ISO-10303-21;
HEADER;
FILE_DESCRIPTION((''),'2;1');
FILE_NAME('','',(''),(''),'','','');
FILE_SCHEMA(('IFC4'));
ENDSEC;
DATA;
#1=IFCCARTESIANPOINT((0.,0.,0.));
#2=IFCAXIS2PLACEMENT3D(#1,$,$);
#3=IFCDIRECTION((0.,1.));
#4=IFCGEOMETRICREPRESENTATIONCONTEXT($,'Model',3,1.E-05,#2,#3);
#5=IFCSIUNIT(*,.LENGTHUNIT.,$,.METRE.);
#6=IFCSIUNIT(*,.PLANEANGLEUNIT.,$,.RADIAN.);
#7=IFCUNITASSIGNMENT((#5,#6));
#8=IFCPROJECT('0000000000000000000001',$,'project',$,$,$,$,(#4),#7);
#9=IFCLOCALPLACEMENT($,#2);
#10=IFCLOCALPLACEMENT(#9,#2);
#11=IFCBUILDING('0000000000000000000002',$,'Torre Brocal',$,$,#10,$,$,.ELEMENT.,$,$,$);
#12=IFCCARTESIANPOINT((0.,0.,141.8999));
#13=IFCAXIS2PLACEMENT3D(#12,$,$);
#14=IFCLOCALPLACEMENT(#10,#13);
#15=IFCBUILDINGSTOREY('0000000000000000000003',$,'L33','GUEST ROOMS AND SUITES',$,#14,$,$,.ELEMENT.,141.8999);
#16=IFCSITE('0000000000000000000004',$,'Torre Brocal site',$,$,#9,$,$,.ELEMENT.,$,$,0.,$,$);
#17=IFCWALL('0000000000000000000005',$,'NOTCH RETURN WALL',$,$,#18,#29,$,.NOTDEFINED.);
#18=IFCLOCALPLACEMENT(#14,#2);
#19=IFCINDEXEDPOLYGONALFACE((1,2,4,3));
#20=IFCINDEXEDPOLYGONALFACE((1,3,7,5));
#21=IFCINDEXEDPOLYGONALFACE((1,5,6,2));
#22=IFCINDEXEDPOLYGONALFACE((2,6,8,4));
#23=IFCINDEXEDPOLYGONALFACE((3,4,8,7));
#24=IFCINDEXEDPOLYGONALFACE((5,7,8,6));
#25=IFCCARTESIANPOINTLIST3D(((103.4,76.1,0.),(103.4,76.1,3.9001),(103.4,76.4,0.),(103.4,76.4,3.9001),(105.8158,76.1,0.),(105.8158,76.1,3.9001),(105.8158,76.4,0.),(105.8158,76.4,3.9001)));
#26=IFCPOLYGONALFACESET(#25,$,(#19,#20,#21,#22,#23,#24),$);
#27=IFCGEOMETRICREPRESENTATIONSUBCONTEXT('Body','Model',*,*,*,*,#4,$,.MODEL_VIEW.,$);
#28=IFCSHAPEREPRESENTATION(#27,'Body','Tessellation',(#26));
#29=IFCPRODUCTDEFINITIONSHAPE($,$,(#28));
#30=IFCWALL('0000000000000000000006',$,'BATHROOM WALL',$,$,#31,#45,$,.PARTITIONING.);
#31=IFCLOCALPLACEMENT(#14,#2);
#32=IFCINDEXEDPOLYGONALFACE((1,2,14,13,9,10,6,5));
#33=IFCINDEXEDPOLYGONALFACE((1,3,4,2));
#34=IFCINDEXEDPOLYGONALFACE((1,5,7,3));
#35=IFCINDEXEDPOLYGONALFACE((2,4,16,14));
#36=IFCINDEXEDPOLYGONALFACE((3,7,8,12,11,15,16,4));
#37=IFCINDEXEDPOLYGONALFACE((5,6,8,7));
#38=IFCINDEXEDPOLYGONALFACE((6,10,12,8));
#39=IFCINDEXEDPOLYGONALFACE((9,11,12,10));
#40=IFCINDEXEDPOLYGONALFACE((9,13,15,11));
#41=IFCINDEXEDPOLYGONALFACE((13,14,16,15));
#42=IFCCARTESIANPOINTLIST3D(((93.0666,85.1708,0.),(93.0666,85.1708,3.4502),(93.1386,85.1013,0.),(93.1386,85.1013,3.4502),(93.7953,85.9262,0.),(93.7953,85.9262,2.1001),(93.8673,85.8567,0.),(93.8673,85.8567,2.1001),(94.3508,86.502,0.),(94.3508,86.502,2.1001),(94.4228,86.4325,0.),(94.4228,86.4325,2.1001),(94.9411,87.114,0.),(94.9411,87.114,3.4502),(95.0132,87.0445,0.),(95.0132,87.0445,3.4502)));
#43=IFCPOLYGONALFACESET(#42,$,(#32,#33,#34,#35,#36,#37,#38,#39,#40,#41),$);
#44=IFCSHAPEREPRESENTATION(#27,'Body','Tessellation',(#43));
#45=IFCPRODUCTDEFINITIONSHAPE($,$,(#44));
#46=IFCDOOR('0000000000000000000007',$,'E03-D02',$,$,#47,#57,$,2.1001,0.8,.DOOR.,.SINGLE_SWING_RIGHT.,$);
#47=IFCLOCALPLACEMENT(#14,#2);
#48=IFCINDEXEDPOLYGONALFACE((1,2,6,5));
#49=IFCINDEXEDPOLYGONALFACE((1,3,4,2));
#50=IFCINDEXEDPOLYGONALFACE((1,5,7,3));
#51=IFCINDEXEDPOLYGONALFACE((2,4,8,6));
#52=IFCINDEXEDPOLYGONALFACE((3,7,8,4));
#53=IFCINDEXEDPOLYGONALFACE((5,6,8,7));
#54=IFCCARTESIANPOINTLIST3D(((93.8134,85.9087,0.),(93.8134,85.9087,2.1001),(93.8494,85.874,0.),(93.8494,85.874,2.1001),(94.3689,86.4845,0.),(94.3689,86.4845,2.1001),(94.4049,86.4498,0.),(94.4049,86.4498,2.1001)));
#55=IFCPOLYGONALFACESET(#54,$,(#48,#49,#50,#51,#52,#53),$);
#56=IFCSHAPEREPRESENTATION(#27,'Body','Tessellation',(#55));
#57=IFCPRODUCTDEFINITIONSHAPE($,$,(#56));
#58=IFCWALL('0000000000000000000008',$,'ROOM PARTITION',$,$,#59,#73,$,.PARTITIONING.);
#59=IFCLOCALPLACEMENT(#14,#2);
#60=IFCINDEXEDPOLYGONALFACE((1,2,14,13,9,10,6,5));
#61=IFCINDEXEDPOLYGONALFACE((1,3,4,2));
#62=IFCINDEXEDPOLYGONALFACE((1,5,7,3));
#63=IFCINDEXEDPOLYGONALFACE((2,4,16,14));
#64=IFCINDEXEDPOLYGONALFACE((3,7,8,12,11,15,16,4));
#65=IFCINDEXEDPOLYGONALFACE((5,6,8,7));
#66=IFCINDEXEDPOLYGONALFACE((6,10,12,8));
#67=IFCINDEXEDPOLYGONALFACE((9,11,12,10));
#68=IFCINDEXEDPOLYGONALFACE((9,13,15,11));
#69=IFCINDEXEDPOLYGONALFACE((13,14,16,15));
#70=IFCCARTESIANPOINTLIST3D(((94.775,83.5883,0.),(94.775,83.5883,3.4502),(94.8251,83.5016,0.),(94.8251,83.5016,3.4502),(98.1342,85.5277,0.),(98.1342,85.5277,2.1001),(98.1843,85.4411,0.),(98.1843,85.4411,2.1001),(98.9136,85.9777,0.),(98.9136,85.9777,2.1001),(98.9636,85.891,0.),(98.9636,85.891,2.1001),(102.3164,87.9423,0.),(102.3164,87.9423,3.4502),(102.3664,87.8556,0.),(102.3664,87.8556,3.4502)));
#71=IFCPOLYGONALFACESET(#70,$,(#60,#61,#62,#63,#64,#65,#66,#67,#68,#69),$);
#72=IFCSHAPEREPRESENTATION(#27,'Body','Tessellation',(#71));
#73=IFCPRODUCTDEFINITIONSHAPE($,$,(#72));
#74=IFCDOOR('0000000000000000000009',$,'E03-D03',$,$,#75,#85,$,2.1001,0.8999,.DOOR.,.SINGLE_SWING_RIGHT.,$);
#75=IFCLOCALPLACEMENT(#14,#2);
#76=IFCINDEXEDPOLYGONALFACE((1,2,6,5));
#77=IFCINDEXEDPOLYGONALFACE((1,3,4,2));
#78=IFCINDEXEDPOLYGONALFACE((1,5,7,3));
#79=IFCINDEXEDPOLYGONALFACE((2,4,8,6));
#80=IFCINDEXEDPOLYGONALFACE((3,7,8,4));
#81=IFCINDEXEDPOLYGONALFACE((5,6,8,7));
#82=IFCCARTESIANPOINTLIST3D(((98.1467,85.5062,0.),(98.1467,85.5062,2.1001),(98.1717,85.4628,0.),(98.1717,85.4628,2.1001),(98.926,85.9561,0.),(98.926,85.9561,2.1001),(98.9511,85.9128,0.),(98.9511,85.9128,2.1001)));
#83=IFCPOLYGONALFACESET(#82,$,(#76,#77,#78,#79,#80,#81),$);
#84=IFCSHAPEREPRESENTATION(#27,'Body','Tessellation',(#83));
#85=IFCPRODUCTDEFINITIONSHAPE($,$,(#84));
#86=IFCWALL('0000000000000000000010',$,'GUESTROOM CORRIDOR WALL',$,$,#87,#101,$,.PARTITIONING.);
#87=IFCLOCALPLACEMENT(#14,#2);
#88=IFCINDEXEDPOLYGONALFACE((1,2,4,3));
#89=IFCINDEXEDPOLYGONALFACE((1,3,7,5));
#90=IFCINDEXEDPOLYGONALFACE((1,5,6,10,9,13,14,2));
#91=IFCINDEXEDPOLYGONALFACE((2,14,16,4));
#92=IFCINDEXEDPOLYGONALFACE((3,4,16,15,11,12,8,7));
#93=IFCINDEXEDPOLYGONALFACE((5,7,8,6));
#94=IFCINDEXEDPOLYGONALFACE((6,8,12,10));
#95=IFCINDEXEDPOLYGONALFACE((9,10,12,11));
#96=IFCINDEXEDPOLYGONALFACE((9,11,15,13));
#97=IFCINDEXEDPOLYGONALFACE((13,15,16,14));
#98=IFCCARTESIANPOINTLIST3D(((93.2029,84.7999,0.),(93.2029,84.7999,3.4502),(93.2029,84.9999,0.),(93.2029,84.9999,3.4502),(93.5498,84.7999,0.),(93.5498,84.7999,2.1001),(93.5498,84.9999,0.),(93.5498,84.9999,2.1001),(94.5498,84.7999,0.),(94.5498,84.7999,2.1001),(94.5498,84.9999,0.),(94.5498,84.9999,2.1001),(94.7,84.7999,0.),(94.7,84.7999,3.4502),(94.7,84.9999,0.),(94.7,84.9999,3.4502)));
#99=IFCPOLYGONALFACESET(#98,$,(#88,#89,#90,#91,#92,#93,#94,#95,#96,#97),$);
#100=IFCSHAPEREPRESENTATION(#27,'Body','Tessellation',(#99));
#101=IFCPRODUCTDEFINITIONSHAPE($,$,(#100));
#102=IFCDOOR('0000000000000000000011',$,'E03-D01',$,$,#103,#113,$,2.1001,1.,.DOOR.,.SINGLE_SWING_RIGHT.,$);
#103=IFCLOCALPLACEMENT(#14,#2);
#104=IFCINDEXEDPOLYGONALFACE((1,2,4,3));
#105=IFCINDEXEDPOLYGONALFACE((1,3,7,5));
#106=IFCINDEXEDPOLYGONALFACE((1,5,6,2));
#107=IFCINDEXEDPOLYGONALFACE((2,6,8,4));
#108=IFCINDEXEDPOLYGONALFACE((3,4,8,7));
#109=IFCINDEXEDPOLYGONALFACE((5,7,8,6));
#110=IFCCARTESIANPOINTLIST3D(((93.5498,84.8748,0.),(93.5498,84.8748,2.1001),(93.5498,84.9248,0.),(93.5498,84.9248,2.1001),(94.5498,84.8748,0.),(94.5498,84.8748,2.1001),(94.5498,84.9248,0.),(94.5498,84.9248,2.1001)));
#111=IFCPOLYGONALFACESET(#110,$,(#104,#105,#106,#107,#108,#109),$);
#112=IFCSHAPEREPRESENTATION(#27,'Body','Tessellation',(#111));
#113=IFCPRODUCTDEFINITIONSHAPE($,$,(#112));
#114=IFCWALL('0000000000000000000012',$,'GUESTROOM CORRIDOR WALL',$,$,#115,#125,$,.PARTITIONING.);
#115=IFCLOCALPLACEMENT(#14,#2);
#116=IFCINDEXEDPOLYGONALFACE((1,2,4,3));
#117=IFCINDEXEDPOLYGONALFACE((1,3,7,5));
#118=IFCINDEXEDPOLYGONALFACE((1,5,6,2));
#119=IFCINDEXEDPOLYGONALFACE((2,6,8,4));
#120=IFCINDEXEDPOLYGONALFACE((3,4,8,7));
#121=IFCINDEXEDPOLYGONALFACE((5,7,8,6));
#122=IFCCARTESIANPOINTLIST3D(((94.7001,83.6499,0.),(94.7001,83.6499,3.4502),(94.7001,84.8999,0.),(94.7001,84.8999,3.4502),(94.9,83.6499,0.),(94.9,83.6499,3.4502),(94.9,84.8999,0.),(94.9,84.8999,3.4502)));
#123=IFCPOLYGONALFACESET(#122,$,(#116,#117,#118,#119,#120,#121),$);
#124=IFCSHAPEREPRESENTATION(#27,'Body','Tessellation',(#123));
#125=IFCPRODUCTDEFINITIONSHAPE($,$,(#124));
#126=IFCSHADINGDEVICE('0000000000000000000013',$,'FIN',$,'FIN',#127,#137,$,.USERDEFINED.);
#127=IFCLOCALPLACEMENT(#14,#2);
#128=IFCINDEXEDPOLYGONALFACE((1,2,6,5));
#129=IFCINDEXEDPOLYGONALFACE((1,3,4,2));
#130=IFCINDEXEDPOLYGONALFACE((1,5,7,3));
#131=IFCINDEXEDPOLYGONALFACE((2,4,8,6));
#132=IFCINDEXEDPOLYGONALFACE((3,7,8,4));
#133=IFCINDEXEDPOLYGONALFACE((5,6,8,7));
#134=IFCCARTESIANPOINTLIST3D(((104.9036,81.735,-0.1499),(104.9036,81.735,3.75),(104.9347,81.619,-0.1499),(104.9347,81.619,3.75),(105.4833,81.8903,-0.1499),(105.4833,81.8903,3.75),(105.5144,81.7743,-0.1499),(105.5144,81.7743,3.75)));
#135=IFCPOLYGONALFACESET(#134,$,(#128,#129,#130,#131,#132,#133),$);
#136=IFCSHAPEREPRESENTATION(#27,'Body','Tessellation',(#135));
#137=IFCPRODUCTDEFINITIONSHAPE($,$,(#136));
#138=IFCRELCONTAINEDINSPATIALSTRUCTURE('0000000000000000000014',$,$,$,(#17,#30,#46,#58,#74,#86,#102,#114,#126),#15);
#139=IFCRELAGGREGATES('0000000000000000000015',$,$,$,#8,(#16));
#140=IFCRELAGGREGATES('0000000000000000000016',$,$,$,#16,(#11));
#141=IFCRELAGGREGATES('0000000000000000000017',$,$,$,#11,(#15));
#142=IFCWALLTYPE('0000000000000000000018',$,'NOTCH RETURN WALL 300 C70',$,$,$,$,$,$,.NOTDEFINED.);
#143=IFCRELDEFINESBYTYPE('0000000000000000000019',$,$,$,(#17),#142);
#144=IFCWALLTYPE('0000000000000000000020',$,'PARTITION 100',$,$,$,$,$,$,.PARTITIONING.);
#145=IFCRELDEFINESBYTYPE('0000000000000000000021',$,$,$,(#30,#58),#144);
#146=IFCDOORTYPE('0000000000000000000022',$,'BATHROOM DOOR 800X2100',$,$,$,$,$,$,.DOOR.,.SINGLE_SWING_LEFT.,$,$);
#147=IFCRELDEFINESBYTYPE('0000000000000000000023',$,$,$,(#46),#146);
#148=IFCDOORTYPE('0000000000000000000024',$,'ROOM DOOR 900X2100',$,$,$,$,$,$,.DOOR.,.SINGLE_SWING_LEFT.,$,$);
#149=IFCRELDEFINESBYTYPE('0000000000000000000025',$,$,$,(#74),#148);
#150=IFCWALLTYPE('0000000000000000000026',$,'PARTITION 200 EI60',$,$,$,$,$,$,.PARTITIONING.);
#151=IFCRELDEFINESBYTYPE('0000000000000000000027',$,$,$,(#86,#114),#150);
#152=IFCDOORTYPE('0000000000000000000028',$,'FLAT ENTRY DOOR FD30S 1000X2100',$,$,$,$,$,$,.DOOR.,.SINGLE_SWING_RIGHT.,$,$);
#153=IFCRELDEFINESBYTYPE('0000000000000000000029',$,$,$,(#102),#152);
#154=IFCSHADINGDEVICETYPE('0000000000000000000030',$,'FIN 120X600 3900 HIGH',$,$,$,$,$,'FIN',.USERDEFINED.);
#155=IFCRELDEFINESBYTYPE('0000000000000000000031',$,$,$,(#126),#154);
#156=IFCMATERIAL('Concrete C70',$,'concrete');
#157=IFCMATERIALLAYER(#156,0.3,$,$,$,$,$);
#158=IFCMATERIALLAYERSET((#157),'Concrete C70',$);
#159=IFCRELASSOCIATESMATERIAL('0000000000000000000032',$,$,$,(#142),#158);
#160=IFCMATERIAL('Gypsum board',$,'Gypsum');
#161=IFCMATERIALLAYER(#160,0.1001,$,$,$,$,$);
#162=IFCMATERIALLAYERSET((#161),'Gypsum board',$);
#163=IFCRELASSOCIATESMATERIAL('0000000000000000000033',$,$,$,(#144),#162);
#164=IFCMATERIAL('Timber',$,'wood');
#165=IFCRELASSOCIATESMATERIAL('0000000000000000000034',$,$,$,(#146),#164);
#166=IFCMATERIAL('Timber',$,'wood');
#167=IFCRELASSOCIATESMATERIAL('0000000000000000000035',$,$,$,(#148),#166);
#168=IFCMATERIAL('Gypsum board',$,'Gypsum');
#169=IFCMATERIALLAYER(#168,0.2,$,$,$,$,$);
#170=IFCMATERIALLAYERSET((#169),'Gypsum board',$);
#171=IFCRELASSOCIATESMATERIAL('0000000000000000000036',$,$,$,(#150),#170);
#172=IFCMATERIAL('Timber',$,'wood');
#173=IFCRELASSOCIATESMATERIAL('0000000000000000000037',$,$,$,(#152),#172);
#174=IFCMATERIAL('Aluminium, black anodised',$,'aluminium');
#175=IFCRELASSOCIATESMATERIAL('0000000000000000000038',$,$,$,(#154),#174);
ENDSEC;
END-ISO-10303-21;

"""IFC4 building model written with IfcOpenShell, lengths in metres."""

from ifc_helpers import new_model, si_unit, direction, frame, frame_2d, origin, origin_2d, place, context, subcontext, project, spatial, rectangle, extrude, material, layer, layer_set, material_profile, profile_set, type_object, element, fill, save


model = new_model("IFC4")

# Units and contexts
model_context = context("Model", 3, precision=1e-05, world=origin(), true_north=direction((0.0, 1.0)))
body_context = subcontext(model_context, "Body", "Model", "MODEL_VIEW")
ifc_project = project(units=[si_unit("LENGTHUNIT", "METRE"), si_unit("PLANEANGLEUNIT", "RADIAN")], contexts=[model_context])

# Site, building, storey
site_placement = place(None, origin())
site = spatial("IfcSite", under=ifc_project, at=site_placement, Name="Torre Brocal site", CompositionType="ELEMENT", RefElevation=0.0)
building_placement = place(site_placement, origin())
building = spatial("IfcBuilding", under=site, at=building_placement, Name="Torre Brocal", CompositionType="ELEMENT")
storey_placement = place(building_placement, frame((0.0, 0.0, 141.8999)))
storey = spatial("IfcBuildingStorey", under=building, at=storey_placement, Name="L33", Description="GUEST ROOMS AND SUITES", CompositionType="ELEMENT", Elevation=141.8999)

# Wall
ifc_material_1 = material(Name="Concrete C70", Category="concrete")
ifc_layer_1 = layer(ifc_material_1, 0.3)
ifc_layer_set_1 = layer_set([ifc_layer_1], Name="Concrete C70")
wall_type_1 = type_object("IfcWallType", Name="NOTCH RETURN WALL 300 C70", PredefinedType="NOTDEFINED", material=ifc_layer_set_1)
wall_1_placement = place(storey_placement, frame((103.3999, 76.25, 0.0), z_axis=(0.0, 0.0, 1.0), x_axis=(1.0, 0.0, 0.0)))
element("IfcWall", 1, at=wall_1_placement, inside=storey, type_object=wall_type_1, Name="NOTCH RETURN WALL", PredefinedType="NOTDEFINED", context=body_context, shape_type="SweptSolid", body=[
    extrude(rectangle(XDim=2.4158, YDim=0.3, at=frame_2d((1.208, 0.0))), origin(), (0.0, 0.0, 1.0), 3.9001),
])

# Walls, openings, doors
ifc_material_2 = material(Name="Gypsum board", Category="Gypsum")
ifc_layer_2 = layer(ifc_material_2, 0.1001)
ifc_layer_set_2 = layer_set([ifc_layer_2], Name="Gypsum board")
wall_type_2 = type_object("IfcWallType", Name="PARTITION 100", PredefinedType="PARTITIONING", material=ifc_layer_set_2)
wall_2_placement = place(storey_placement, frame((93.1025, 85.136, 0.0), z_axis=(0.0, 0.0, 1.0), x_axis=(0.694288, 0.719697, 0.0)))
wall_2 = element("IfcWall", 2, at=wall_2_placement, inside=storey, type_object=wall_type_2, Name="BATHROOM WALL", PredefinedType="PARTITIONING", context=body_context, shape_type="SweptSolid", body=[
    extrude(rectangle(XDim=2.7, YDim=0.1001, at=frame_2d((1.3501, 0.0))), origin(), (0.0, 0.0, 1.0), 3.4502),
])
opening_1_placement = place(wall_2_placement, frame((1.0498, 0.0, 0.0)))
opening_1 = element("IfcOpeningElement", 3, at=opening_1_placement, cuts=wall_2, PredefinedType="OPENING", context=body_context, shape_type="SweptSolid", body=[
    extrude(rectangle(XDim=0.8, YDim=2.1001, at=frame_2d((0.3999, 1.05))), frame((0.0, 0.0601, 0.0), z_axis=(0.0, -1.0, 0.0), x_axis=(1.0, 0.0, 0.0)), (0.0, 0.0, 1.0), 0.1201),
])
ifc_material_3 = material(Name="Timber", Category="wood")
door_type_1 = type_object("IfcDoorType", Name="BATHROOM DOOR 800X2100", OperationType="SINGLE_SWING_LEFT", PredefinedType="DOOR", material=ifc_material_3)
door_1_placement = place(opening_1_placement, origin())
door_1 = element("IfcDoor", 4, at=door_1_placement, inside=storey, type_object=door_type_1, Name="E03-D02", OperationType="SINGLE_SWING_RIGHT", OverallHeight=2.1001, OverallWidth=0.8, PredefinedType="DOOR", context=body_context, shape_type="SweptSolid", body=[
    extrude(rectangle(XDim=0.8, YDim=2.1001, at=frame_2d((0.3999, 1.05))), frame((0.0, 0.0249, 0.0), z_axis=(0.0, -1.0, 0.0), x_axis=(1.0, 0.0, 0.0)), (0.0, 0.0, 1.0), 0.05),
])
fill(opening_1, door_1)
wall_3_placement = place(storey_placement, frame((94.8, 83.5449, 0.0), z_axis=(0.0, 0.0, 1.0), x_axis=(0.866023, 0.500005, 0.0)))
wall_3 = element("IfcWall", 5, at=wall_3_placement, inside=storey, type_object=wall_type_2, Name="ROOM PARTITION", PredefinedType="PARTITIONING", context=body_context, shape_type="SweptSolid", body=[
    extrude(rectangle(XDim=8.708, YDim=0.1001, at=frame_2d((4.354, 0.0))), origin(), (0.0, 0.0, 1.0), 3.4502),
])
opening_2_placement = place(wall_3_placement, frame((3.8789, 0.0, 0.0)))
opening_2 = element("IfcOpeningElement", 6, at=opening_2_placement, cuts=wall_3, PredefinedType="OPENING", context=body_context, shape_type="SweptSolid", body=[
    extrude(rectangle(XDim=0.8999, YDim=2.1001, at=frame_2d((0.45, 1.05))), frame((0.0, 0.0601, 0.0), z_axis=(0.0, -1.0, 0.0), x_axis=(1.0, 0.0, 0.0)), (0.0, 0.0, 1.0), 0.1201),
])
ifc_material_4 = material(Name="Timber", Category="wood")
door_type_2 = type_object("IfcDoorType", Name="ROOM DOOR 900X2100", OperationType="SINGLE_SWING_LEFT", PredefinedType="DOOR", material=ifc_material_4)
door_2_placement = place(opening_2_placement, frame((0.8999, 0.0, 0.0), z_axis=(0.0, 0.0, 1.0), x_axis=(-1.0, 0.0, 0.0)))
door_2 = element("IfcDoor", 7, at=door_2_placement, inside=storey, type_object=door_type_2, Name="E03-D03", OperationType="SINGLE_SWING_RIGHT", OverallHeight=2.1001, OverallWidth=0.8999, PredefinedType="DOOR", context=body_context, shape_type="SweptSolid", body=[
    extrude(rectangle(XDim=0.8999, YDim=2.1001, at=frame_2d((0.45, 1.05))), frame((0.0, 0.0249, 0.0), z_axis=(0.0, -1.0, 0.0), x_axis=(1.0, 0.0, 0.0)), (0.0, 0.0, 1.0), 0.05),
])
fill(opening_2, door_2)
ifc_material_5 = material(Name="Gypsum board", Category="Gypsum")
ifc_layer_3 = layer(ifc_material_5, 0.2)
ifc_layer_set_3 = layer_set([ifc_layer_3], Name="Gypsum board")
wall_type_3 = type_object("IfcWallType", Name="PARTITION 200 EI60", PredefinedType="PARTITIONING", material=ifc_layer_set_3)
wall_4_placement = place(storey_placement, frame((93.2029, 84.8999, 0.0), z_axis=(0.0, 0.0, 1.0), x_axis=(1.0, 0.0, 0.0)))
wall_4 = element("IfcWall", 8, at=wall_4_placement, inside=storey, type_object=wall_type_3, Name="GUESTROOM CORRIDOR WALL", PredefinedType="PARTITIONING", context=body_context, shape_type="SweptSolid", body=[
    extrude(rectangle(XDim=1.4971, YDim=0.2, at=frame_2d((0.7485, 0.0))), origin(), (0.0, 0.0, 1.0), 3.4502),
])
opening_3_placement = place(wall_4_placement, frame((0.3469, 0.0, 0.0)))
opening_3 = element("IfcOpeningElement", 9, at=opening_3_placement, cuts=wall_4, PredefinedType="OPENING", context=body_context, shape_type="SweptSolid", body=[
    extrude(rectangle(XDim=1.0, YDim=2.1001, at=frame_2d((0.5, 1.05))), frame((0.0, 0.1099, 0.0), z_axis=(0.0, -1.0, 0.0), x_axis=(1.0, 0.0, 0.0)), (0.0, 0.0, 1.0), 0.22),
])
ifc_material_6 = material(Name="Timber", Category="wood")
door_type_3 = type_object("IfcDoorType", Name="FLAT ENTRY DOOR FD30S 1000X2100", OperationType="SINGLE_SWING_RIGHT", PredefinedType="DOOR", material=ifc_material_6)
door_3_placement = place(opening_3_placement, origin())
door_3 = element("IfcDoor", 10, at=door_3_placement, inside=storey, type_object=door_type_3, Name="E03-D01", OperationType="SINGLE_SWING_RIGHT", OverallHeight=2.1001, OverallWidth=1.0, PredefinedType="DOOR", context=body_context, shape_type="SweptSolid", body=[
    extrude(rectangle(XDim=1.0, YDim=2.1001, at=frame_2d((0.5, 1.05))), frame((0.0, 0.0249, 0.0), z_axis=(0.0, -1.0, 0.0), x_axis=(1.0, 0.0, 0.0)), (0.0, 0.0, 1.0), 0.05),
])
fill(opening_3, door_3)

# Wall
wall_5_placement = place(storey_placement, frame((94.8, 83.6499, 0.0), z_axis=(0.0, 0.0, 1.0), x_axis=(0.0, 1.0, 0.0)))
element("IfcWall", 11, at=wall_5_placement, inside=storey, type_object=wall_type_3, Name="GUESTROOM CORRIDOR WALL", PredefinedType="PARTITIONING", context=body_context, shape_type="SweptSolid", body=[
    extrude(rectangle(XDim=1.25, YDim=0.2, at=frame_2d((0.625, 0.0))), origin(), (0.0, 0.0, 1.0), 3.4502),
])

# Shading device
ifc_material_7 = material(Name="Aluminium, black anodised", Category="aluminium")
ifc_material_profile_1 = material_profile(ifc_material_7, rectangle(XDim=0.1201, YDim=0.6001, at=origin_2d()), Name="FIN 120X600 3900 HIGH")
ifc_profile_set_1 = profile_set([ifc_material_profile_1], Name="Aluminium, black anodised")
shading_device_type = type_object("IfcShadingDeviceType", Name="FIN 120X600 3900 HIGH", ElementType="FIN", PredefinedType="USERDEFINED", material=ifc_profile_set_1)
shading_device_placement = place(storey_placement, frame((105.209, 81.7546, -0.1499), z_axis=(0.0, 0.0, 1.0), x_axis=(-0.258819, 0.965926, 0.0)))
element("IfcShadingDevice", 12, at=shading_device_placement, inside=storey, type_object=shading_device_type, Name="FIN", ObjectType="FIN", PredefinedType="USERDEFINED", context=body_context, shape_type="SweptSolid", body=[
    extrude(rectangle(XDim=0.1201, YDim=0.6001, at=origin_2d()), origin(), (0.0, 0.0, 1.0), 3.8999),
])

save(model, "model.ifc")
